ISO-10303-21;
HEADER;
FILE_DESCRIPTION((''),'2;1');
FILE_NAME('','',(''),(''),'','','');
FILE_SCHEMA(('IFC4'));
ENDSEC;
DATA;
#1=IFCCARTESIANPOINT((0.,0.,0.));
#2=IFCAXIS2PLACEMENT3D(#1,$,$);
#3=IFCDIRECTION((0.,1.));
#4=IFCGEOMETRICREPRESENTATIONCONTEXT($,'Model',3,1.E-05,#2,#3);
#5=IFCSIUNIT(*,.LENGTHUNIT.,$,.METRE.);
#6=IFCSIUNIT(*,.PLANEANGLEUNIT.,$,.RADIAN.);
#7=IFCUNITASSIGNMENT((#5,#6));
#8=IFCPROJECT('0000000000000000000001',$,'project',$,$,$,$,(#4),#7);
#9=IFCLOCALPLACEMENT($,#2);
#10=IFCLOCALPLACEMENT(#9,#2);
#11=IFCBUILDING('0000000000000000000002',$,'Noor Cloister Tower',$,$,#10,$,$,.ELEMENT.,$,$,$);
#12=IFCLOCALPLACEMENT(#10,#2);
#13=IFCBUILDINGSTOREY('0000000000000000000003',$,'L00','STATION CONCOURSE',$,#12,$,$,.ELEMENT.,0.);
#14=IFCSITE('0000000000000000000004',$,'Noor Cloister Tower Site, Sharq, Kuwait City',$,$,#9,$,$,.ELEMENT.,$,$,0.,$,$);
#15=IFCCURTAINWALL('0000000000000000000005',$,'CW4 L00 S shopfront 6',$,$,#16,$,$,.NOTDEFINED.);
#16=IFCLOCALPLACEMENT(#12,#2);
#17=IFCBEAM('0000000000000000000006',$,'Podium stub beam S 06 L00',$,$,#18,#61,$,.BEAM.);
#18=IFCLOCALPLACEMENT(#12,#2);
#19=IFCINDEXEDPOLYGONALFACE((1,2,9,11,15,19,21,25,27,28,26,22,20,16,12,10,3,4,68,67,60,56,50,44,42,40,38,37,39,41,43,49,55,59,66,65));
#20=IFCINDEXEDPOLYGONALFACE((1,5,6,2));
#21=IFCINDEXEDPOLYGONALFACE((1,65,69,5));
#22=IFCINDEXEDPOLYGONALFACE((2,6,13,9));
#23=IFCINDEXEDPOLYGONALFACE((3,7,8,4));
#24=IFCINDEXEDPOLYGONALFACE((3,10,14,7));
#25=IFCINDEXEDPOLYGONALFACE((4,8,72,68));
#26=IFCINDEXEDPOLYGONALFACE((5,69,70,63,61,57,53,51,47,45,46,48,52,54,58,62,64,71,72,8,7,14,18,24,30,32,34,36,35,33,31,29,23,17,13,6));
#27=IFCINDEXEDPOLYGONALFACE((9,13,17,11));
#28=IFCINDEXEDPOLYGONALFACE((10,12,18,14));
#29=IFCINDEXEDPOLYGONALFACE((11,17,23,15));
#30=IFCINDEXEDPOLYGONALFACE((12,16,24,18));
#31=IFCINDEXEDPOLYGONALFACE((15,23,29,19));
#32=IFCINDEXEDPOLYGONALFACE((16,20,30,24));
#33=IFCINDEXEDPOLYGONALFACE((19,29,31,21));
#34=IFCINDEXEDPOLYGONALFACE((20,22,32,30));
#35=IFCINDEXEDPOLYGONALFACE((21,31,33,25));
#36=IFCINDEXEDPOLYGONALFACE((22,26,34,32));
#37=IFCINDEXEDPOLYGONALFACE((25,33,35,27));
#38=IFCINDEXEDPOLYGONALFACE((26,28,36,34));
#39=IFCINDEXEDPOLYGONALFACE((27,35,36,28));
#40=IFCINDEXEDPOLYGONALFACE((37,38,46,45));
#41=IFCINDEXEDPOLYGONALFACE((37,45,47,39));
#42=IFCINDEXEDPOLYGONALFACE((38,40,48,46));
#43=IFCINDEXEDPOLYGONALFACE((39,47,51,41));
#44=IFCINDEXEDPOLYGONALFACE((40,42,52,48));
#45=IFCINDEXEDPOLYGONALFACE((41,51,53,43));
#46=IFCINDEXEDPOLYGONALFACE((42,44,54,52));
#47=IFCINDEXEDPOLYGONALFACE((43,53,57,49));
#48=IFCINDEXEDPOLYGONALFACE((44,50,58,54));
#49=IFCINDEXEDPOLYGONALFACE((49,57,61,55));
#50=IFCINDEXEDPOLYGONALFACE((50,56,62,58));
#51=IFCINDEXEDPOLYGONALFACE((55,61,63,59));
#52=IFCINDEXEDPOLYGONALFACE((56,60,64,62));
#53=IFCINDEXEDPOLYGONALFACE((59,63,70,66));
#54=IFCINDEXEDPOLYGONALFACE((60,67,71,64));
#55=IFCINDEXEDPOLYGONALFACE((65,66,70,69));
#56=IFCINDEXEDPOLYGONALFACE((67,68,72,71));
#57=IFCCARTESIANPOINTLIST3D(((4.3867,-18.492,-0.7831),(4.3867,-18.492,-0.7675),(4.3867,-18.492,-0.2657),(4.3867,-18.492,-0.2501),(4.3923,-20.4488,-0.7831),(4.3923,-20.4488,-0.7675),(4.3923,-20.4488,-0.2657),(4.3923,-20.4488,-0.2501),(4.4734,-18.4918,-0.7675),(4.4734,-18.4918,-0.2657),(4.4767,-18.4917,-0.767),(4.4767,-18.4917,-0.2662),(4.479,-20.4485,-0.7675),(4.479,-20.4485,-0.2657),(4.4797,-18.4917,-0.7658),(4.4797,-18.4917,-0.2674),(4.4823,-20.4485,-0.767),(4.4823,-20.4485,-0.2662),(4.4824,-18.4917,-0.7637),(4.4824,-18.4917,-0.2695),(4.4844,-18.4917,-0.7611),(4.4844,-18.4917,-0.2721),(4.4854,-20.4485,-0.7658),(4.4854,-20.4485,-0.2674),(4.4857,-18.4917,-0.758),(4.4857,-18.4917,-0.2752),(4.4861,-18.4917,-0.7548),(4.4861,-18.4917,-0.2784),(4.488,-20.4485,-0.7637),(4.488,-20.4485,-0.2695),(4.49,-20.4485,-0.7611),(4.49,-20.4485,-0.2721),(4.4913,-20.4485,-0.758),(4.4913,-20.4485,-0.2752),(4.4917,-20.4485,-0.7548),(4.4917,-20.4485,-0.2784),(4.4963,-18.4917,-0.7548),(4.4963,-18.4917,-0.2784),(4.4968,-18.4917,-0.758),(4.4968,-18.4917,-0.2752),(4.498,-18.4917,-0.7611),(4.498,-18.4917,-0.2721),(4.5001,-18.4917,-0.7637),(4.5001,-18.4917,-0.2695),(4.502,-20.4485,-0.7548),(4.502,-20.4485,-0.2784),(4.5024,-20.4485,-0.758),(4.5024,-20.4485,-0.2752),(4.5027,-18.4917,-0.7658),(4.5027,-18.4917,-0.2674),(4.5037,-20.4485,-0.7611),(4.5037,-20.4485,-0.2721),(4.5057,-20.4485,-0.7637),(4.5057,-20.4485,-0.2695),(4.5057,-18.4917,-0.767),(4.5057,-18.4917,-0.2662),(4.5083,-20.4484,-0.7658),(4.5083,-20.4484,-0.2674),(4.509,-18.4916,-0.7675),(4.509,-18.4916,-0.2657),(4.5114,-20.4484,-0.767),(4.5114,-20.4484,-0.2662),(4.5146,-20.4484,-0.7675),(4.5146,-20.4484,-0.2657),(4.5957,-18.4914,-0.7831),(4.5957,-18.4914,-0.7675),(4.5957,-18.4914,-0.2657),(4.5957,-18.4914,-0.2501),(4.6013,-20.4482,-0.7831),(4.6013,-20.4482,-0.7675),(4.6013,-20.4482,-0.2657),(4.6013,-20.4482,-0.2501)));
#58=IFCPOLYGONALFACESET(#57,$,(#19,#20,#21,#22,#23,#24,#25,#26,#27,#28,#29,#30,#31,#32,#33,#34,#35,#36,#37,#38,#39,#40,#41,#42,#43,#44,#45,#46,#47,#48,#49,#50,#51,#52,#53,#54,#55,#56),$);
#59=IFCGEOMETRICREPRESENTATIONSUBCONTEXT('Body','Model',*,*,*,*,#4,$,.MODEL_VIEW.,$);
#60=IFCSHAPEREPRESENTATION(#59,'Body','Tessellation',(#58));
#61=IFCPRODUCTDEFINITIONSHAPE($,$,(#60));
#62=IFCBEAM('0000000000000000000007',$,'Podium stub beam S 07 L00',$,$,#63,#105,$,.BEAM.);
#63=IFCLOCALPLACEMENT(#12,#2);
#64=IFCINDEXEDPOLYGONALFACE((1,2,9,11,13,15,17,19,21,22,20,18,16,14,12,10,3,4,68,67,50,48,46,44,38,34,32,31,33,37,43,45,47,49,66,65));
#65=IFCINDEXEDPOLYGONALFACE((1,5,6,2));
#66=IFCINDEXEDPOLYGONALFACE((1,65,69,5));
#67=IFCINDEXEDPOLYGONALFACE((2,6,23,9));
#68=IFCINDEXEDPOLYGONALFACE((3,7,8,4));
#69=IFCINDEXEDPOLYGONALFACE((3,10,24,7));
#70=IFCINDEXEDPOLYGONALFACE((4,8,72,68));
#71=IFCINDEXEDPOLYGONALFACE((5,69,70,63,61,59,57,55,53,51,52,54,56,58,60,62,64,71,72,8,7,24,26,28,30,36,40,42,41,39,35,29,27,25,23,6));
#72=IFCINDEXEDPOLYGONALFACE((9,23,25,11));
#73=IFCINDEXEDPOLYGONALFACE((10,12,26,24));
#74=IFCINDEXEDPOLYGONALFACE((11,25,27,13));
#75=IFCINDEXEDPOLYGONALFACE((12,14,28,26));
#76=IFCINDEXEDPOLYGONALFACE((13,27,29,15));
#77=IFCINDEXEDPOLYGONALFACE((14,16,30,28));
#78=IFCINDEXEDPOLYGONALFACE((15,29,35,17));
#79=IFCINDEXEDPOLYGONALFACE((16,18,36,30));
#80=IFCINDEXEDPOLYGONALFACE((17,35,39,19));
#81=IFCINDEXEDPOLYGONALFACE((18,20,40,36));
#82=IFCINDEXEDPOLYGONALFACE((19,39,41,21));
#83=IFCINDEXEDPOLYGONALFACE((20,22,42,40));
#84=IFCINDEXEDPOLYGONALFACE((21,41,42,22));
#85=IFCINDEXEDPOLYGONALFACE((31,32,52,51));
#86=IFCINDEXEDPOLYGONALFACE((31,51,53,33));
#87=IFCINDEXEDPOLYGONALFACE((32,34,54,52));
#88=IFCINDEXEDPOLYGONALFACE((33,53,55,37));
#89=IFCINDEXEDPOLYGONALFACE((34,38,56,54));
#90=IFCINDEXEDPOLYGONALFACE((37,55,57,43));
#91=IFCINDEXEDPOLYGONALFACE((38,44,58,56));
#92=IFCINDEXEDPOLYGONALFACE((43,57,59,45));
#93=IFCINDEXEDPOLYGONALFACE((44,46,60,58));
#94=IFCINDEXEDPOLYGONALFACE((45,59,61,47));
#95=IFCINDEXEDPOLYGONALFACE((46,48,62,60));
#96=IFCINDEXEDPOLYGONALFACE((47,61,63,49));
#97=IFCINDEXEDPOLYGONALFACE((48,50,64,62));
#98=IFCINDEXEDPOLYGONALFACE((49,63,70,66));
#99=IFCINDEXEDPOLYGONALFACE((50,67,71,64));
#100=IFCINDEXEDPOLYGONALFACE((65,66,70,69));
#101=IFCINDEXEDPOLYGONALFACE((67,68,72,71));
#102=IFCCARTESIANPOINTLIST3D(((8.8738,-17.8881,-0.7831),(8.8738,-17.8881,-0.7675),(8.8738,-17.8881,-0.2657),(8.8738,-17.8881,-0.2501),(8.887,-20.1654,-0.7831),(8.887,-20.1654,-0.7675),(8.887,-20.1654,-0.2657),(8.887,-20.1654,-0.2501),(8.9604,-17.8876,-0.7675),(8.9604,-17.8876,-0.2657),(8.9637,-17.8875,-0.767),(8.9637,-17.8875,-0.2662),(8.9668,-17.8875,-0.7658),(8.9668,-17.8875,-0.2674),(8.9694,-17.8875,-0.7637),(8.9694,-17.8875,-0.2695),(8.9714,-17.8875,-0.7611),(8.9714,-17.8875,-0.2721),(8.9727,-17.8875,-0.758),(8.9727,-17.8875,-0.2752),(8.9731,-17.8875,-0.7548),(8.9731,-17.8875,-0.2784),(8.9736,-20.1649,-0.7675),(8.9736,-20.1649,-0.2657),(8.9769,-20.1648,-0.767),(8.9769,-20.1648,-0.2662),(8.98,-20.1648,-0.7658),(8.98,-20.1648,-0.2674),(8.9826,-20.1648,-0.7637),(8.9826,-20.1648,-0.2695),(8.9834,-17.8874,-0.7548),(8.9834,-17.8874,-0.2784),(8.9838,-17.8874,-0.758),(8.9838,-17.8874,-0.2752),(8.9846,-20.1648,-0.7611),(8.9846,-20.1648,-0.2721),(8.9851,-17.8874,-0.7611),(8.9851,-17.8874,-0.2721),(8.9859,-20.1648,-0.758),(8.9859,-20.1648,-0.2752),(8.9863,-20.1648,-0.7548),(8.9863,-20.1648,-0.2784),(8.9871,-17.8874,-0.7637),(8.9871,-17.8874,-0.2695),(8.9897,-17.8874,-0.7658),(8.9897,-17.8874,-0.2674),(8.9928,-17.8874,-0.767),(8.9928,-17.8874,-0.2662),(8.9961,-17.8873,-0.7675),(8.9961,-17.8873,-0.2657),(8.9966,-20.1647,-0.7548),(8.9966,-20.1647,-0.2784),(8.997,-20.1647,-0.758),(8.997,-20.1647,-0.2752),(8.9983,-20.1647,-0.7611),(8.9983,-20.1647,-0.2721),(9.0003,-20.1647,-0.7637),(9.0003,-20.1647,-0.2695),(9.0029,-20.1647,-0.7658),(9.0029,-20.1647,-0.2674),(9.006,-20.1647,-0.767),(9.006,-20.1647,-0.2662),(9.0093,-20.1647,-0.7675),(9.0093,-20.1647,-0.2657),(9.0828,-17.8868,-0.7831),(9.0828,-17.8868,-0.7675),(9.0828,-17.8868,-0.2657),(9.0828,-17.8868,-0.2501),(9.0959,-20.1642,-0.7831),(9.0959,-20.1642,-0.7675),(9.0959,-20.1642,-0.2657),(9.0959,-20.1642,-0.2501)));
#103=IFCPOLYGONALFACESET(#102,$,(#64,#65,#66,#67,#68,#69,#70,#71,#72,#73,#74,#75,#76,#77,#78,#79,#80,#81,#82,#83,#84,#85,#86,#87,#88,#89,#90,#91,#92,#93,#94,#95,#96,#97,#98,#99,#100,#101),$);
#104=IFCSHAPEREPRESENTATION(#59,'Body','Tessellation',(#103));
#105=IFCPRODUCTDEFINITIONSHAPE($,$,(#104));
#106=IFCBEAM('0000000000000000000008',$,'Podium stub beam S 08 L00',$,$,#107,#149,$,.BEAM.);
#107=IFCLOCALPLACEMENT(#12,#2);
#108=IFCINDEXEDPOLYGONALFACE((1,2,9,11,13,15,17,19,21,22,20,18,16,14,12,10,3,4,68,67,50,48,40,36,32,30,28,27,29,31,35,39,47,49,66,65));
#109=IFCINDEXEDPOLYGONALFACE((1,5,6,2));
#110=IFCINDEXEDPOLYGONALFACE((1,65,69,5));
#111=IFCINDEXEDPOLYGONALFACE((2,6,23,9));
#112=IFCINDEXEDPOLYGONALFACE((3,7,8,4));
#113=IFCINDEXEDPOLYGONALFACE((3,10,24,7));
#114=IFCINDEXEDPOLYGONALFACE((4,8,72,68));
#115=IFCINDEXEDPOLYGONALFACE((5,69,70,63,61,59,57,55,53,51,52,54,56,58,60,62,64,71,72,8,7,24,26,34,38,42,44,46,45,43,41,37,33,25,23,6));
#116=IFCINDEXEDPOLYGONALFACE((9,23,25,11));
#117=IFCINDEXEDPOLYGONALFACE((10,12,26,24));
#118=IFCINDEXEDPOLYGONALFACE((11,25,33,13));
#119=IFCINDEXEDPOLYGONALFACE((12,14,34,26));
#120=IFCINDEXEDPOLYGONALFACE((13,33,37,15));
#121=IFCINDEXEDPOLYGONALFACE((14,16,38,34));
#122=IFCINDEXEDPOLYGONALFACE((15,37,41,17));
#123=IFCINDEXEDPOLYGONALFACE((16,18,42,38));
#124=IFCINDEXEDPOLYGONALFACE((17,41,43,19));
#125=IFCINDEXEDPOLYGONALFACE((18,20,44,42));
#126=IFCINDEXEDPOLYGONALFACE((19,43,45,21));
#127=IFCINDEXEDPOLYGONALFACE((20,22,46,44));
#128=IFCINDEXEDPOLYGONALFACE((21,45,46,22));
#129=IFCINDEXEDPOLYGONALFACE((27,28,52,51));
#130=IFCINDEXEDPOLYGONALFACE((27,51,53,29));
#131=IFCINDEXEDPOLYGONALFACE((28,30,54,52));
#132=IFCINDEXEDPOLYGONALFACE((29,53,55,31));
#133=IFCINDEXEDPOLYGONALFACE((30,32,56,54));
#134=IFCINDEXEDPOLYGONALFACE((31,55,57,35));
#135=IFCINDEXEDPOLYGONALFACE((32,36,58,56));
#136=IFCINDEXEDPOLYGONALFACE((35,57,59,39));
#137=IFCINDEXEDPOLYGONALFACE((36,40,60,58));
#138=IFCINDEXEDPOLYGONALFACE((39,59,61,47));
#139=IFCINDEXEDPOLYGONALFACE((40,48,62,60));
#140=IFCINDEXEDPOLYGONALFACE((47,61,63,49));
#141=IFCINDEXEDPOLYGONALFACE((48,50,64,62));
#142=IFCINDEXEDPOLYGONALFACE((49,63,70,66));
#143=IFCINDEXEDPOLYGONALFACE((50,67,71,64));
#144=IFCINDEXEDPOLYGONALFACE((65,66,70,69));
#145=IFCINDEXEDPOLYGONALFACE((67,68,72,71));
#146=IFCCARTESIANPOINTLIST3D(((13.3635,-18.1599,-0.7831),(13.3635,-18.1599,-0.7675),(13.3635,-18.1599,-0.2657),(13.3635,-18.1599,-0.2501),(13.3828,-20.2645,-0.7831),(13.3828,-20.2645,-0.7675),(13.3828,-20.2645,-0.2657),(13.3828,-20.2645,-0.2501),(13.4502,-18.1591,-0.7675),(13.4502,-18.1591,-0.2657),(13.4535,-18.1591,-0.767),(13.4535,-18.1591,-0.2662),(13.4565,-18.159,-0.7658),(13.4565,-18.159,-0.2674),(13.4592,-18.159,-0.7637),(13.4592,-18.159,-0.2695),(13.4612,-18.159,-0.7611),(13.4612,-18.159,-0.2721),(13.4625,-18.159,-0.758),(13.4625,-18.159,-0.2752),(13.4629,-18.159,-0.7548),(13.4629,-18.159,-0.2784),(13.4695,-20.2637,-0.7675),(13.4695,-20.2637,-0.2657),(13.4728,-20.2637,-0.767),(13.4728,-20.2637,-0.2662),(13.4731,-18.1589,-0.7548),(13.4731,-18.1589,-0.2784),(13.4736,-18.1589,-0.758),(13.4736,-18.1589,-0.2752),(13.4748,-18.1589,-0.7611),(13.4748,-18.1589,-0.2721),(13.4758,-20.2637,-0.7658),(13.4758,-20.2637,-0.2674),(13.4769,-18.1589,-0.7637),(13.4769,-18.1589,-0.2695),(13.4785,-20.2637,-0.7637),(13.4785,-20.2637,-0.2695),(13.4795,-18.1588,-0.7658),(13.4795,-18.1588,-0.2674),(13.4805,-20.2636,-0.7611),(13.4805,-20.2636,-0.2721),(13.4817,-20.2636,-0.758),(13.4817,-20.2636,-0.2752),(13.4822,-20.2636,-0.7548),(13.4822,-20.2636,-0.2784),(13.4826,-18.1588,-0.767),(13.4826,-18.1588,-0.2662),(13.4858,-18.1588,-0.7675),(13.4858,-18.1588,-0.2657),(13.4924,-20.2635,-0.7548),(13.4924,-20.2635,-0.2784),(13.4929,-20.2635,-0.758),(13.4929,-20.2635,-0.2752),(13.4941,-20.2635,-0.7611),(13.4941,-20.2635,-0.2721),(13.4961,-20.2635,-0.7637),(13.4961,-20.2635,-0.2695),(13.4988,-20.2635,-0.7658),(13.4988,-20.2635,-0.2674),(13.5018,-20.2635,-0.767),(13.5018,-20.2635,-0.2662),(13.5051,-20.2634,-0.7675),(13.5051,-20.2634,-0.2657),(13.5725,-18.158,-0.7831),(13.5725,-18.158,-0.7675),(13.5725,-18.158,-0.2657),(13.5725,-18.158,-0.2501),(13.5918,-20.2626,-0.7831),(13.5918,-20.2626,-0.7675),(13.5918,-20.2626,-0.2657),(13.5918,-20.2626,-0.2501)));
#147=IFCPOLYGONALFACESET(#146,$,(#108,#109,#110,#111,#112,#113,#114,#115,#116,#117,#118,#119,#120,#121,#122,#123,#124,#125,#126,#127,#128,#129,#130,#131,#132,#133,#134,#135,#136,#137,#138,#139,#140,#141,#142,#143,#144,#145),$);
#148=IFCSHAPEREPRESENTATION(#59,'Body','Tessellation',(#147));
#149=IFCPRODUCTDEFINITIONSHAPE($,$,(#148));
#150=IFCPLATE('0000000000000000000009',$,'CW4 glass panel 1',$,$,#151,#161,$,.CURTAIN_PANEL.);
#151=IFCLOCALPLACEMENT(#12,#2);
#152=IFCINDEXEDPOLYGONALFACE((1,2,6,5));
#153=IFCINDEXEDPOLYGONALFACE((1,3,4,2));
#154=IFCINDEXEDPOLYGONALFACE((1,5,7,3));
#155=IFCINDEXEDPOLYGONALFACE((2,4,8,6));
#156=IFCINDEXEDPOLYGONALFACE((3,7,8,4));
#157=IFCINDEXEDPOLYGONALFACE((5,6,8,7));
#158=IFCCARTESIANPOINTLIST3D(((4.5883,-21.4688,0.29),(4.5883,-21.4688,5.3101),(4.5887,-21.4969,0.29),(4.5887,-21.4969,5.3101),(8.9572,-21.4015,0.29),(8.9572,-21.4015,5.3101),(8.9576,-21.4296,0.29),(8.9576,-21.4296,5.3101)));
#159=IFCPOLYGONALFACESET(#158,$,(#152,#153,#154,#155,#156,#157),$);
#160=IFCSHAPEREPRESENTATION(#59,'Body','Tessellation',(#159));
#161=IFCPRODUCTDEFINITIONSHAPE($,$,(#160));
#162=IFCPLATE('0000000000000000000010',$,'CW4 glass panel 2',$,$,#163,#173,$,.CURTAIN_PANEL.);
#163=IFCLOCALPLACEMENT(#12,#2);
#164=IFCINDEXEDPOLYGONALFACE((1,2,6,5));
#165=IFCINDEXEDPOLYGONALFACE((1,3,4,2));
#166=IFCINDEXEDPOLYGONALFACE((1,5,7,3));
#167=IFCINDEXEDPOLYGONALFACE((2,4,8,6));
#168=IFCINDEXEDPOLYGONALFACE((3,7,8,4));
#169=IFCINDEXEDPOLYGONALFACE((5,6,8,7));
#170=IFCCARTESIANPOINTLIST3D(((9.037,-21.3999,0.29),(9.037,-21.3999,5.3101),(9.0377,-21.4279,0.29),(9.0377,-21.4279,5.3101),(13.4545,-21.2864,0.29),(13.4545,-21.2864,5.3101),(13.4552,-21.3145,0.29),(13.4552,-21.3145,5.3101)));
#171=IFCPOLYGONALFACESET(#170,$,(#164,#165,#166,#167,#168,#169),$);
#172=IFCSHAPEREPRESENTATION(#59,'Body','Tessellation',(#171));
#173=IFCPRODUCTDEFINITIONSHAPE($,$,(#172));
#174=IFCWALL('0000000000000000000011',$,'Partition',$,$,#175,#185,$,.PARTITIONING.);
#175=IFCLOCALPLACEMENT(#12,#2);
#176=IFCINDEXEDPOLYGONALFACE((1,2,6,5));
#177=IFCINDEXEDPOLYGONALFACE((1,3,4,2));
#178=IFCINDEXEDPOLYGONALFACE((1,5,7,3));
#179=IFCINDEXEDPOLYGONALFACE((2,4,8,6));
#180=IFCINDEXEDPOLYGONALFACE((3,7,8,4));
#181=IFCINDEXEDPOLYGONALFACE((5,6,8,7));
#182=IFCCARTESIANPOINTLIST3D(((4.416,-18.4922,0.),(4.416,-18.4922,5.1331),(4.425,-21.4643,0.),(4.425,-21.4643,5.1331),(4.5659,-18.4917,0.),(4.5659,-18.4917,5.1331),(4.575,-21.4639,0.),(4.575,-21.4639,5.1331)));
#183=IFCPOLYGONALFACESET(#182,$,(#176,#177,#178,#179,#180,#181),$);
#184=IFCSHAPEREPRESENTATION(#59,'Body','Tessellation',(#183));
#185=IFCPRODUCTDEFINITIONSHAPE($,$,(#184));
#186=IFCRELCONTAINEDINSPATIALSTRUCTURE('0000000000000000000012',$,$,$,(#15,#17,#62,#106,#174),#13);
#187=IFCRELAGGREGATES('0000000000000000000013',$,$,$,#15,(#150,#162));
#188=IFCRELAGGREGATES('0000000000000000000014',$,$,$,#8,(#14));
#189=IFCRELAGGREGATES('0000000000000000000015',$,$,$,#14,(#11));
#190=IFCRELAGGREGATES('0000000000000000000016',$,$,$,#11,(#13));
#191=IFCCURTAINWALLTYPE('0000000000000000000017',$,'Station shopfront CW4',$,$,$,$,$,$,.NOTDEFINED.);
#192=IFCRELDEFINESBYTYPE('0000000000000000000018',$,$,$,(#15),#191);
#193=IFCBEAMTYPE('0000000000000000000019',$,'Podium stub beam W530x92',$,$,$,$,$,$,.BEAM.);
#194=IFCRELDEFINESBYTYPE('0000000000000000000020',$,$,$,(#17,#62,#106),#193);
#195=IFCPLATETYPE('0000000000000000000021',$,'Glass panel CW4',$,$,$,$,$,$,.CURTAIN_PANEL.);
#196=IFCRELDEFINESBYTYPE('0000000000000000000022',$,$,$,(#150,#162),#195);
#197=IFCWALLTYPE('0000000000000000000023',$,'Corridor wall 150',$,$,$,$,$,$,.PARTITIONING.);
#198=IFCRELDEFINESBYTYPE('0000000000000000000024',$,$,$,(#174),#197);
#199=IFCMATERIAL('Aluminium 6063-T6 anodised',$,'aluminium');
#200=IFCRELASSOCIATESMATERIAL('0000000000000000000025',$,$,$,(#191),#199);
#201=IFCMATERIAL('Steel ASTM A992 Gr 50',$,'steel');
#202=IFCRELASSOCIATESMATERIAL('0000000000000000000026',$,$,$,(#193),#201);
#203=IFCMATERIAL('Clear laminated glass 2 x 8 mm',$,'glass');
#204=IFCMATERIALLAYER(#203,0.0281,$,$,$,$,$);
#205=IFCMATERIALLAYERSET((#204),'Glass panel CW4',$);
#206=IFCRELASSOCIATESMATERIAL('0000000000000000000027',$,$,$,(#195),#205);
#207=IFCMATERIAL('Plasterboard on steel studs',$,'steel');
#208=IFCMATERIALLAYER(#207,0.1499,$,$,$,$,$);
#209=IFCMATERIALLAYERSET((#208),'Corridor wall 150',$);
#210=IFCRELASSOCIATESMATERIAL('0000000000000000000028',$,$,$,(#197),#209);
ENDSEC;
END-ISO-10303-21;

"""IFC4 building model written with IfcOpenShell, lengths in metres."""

from ifc_helpers import new_model, si_unit, direction, frame, frame_2d, origin, origin_2d, place, context, subcontext, project, spatial, rectangle, i_section, extrude, material, layer, layer_set, material_profile, profile_set, type_object, element, aggregate, save


model = new_model("IFC4")

# Units and contexts
model_context = context("Model", 3, precision=1e-05, world=origin(), true_north=direction((0.0, 1.0)))
body_context = subcontext(model_context, "Body", "Model", "MODEL_VIEW")
ifc_project = project(units=[si_unit("LENGTHUNIT", "METRE"), si_unit("PLANEANGLEUNIT", "RADIAN")], contexts=[model_context])

# Site, building, storey
site_placement = place(None, origin())
site = spatial("IfcSite", under=ifc_project, at=site_placement, Name="Noor Cloister Tower Site, Sharq, Kuwait City", CompositionType="ELEMENT", RefElevation=0.0)
building_placement = place(site_placement, origin())
building = spatial("IfcBuilding", under=site, at=building_placement, Name="Noor Cloister Tower", CompositionType="ELEMENT")
storey_placement = place(building_placement, origin())
storey = spatial("IfcBuildingStorey", under=building, at=storey_placement, Name="L00", Description="STATION CONCOURSE", CompositionType="ELEMENT", Elevation=0.0)

# Curtain wall
ifc_material_1 = material(Name="Aluminium 6063-T6 anodised", Category="aluminium")
curtain_wall_type = type_object("IfcCurtainWallType", Name="Station shopfront CW4", PredefinedType="NOTDEFINED", material=ifc_material_1)
curtain_wall_placement = place(storey_placement, origin())
curtain_wall = element("IfcCurtainWall", 1, at=curtain_wall_placement, inside=storey, type_object=curtain_wall_type, Name="CW4 L00 S shopfront 6", PredefinedType="NOTDEFINED")

# Beams
ifc_material_2 = material(Name="Steel ASTM A992 Gr 50", Category="steel")
ifc_material_profile_1 = material_profile(ifc_material_2, i_section(OverallWidth=0.209, OverallDepth=0.533, WebThickness=0.0103, FlangeThickness=0.0156, FilletRadius=0.0127, at=origin_2d()), Name="W530x92")
ifc_profile_set_1 = profile_set([ifc_material_profile_1], Name="Steel ASTM A992 Gr 50")
beam_type_1 = type_object("IfcBeamType", Name="Podium stub beam W530x92", PredefinedType="BEAM", material=ifc_profile_set_1)
beam_1_placement = place(storey_placement, frame((4.4912, -18.4917, -0.5166), z_axis=(0.00287, -0.999996, 0.0), x_axis=(0.999996, 0.00287, 0.0)))
element("IfcBeam", 2, at=beam_1_placement, inside=storey, type_object=beam_type_1, Name="Podium stub beam S 06 L00", PredefinedType="BEAM", context=body_context, shape_type="SweptSolid", body=[
    extrude(i_section(OverallWidth=0.209, OverallDepth=0.533, WebThickness=0.0103, FlangeThickness=0.0156, FilletRadius=0.0127, at=origin_2d()), origin(), (0.0, 0.0, 1.0), 1.9568),
])
beam_2_placement = place(storey_placement, frame((8.9783, -17.8875, -0.5166), z_axis=(0.005789, -0.999983, 0.0), x_axis=(0.999983, 0.005789, 0.0)))
element("IfcBeam", 3, at=beam_2_placement, inside=storey, type_object=beam_type_1, Name="Podium stub beam S 07 L00", PredefinedType="BEAM", context=body_context, shape_type="SweptSolid", body=[
    extrude(i_section(OverallWidth=0.209, OverallDepth=0.533, WebThickness=0.0103, FlangeThickness=0.0156, FilletRadius=0.0127, at=origin_2d()), origin(), (0.0, 0.0, 1.0), 2.2773),
])
beam_3_placement = place(storey_placement, frame((13.468, -18.1589, -0.5166), z_axis=(0.009163, -0.999958, 0.0), x_axis=(0.999958, 0.009163, 0.0)))
element("IfcBeam", 4, at=beam_3_placement, inside=storey, type_object=beam_type_1, Name="Podium stub beam S 08 L00", PredefinedType="BEAM", context=body_context, shape_type="SweptSolid", body=[
    extrude(i_section(OverallWidth=0.209, OverallDepth=0.533, WebThickness=0.0103, FlangeThickness=0.0156, FilletRadius=0.0127, at=origin_2d()), origin(), (0.0, 0.0, 1.0), 2.1047),
])

# Plates
ifc_material_3 = material(Name="Clear laminated glass 2 x 8 mm", Category="glass")
ifc_layer_1 = layer(ifc_material_3, 0.0281)
ifc_layer_set_1 = layer_set([ifc_layer_1], Name="Glass panel CW4")
plate_type = type_object("IfcPlateType", Name="Glass panel CW4", PredefinedType="CURTAIN_PANEL", material=ifc_layer_set_1)
plate_1_placement = place(storey_placement, frame((6.7729, -21.4492, 0.29), z_axis=(0.0, 0.0, 1.0), x_axis=(0.999881, 0.015403, 0.0)))
plate_1 = element("IfcPlate", 5, at=plate_1_placement, type_object=plate_type, Name="CW4 glass panel 1", PredefinedType="CURTAIN_PANEL", context=body_context, shape_type="SweptSolid", body=[
    extrude(rectangle(XDim=4.3694, YDim=0.0281, at=origin_2d()), origin(), (0.0, 0.0, 1.0), 5.02),
])
plate_2_placement = place(storey_placement, frame((11.2461, -21.3572, 0.29), z_axis=(0.0, 0.0, 1.0), x_axis=(0.99967, 0.02567, 0.0)))
plate_2 = element("IfcPlate", 6, at=plate_2_placement, type_object=plate_type, Name="CW4 glass panel 2", PredefinedType="CURTAIN_PANEL", context=body_context, shape_type="SweptSolid", body=[
    extrude(rectangle(XDim=4.4189, YDim=0.0281, at=origin_2d()), origin(), (0.0, 0.0, 1.0), 5.02),
])
aggregate(curtain_wall, [plate_1, plate_2])

# Wall
ifc_material_4 = material(Name="Plasterboard on steel studs", Category="steel")
ifc_layer_2 = layer(ifc_material_4, 0.1499)
ifc_layer_set_2 = layer_set([ifc_layer_2], Name="Corridor wall 150")
wall_type_1 = type_object("IfcWallType", Name="Corridor wall 150", PredefinedType="PARTITIONING", material=ifc_layer_set_2)
wall_1_placement = place(storey_placement, frame((4.5, -21.4641, 0.0), z_axis=(0.0, 0.0, 1.0), x_axis=(-0.003039, 0.999995, 0.0)))
element("IfcWall", 7, at=wall_1_placement, inside=storey, type_object=wall_type_1, Name="Partition", PredefinedType="PARTITIONING", context=body_context, shape_type="SweptSolid", body=[
    extrude(rectangle(XDim=2.9722, YDim=0.1499, at=frame_2d((1.4861, 0.0))), origin(), (0.0, 0.0, 1.0), 5.1331),
])

save(model, "model.ifc")
